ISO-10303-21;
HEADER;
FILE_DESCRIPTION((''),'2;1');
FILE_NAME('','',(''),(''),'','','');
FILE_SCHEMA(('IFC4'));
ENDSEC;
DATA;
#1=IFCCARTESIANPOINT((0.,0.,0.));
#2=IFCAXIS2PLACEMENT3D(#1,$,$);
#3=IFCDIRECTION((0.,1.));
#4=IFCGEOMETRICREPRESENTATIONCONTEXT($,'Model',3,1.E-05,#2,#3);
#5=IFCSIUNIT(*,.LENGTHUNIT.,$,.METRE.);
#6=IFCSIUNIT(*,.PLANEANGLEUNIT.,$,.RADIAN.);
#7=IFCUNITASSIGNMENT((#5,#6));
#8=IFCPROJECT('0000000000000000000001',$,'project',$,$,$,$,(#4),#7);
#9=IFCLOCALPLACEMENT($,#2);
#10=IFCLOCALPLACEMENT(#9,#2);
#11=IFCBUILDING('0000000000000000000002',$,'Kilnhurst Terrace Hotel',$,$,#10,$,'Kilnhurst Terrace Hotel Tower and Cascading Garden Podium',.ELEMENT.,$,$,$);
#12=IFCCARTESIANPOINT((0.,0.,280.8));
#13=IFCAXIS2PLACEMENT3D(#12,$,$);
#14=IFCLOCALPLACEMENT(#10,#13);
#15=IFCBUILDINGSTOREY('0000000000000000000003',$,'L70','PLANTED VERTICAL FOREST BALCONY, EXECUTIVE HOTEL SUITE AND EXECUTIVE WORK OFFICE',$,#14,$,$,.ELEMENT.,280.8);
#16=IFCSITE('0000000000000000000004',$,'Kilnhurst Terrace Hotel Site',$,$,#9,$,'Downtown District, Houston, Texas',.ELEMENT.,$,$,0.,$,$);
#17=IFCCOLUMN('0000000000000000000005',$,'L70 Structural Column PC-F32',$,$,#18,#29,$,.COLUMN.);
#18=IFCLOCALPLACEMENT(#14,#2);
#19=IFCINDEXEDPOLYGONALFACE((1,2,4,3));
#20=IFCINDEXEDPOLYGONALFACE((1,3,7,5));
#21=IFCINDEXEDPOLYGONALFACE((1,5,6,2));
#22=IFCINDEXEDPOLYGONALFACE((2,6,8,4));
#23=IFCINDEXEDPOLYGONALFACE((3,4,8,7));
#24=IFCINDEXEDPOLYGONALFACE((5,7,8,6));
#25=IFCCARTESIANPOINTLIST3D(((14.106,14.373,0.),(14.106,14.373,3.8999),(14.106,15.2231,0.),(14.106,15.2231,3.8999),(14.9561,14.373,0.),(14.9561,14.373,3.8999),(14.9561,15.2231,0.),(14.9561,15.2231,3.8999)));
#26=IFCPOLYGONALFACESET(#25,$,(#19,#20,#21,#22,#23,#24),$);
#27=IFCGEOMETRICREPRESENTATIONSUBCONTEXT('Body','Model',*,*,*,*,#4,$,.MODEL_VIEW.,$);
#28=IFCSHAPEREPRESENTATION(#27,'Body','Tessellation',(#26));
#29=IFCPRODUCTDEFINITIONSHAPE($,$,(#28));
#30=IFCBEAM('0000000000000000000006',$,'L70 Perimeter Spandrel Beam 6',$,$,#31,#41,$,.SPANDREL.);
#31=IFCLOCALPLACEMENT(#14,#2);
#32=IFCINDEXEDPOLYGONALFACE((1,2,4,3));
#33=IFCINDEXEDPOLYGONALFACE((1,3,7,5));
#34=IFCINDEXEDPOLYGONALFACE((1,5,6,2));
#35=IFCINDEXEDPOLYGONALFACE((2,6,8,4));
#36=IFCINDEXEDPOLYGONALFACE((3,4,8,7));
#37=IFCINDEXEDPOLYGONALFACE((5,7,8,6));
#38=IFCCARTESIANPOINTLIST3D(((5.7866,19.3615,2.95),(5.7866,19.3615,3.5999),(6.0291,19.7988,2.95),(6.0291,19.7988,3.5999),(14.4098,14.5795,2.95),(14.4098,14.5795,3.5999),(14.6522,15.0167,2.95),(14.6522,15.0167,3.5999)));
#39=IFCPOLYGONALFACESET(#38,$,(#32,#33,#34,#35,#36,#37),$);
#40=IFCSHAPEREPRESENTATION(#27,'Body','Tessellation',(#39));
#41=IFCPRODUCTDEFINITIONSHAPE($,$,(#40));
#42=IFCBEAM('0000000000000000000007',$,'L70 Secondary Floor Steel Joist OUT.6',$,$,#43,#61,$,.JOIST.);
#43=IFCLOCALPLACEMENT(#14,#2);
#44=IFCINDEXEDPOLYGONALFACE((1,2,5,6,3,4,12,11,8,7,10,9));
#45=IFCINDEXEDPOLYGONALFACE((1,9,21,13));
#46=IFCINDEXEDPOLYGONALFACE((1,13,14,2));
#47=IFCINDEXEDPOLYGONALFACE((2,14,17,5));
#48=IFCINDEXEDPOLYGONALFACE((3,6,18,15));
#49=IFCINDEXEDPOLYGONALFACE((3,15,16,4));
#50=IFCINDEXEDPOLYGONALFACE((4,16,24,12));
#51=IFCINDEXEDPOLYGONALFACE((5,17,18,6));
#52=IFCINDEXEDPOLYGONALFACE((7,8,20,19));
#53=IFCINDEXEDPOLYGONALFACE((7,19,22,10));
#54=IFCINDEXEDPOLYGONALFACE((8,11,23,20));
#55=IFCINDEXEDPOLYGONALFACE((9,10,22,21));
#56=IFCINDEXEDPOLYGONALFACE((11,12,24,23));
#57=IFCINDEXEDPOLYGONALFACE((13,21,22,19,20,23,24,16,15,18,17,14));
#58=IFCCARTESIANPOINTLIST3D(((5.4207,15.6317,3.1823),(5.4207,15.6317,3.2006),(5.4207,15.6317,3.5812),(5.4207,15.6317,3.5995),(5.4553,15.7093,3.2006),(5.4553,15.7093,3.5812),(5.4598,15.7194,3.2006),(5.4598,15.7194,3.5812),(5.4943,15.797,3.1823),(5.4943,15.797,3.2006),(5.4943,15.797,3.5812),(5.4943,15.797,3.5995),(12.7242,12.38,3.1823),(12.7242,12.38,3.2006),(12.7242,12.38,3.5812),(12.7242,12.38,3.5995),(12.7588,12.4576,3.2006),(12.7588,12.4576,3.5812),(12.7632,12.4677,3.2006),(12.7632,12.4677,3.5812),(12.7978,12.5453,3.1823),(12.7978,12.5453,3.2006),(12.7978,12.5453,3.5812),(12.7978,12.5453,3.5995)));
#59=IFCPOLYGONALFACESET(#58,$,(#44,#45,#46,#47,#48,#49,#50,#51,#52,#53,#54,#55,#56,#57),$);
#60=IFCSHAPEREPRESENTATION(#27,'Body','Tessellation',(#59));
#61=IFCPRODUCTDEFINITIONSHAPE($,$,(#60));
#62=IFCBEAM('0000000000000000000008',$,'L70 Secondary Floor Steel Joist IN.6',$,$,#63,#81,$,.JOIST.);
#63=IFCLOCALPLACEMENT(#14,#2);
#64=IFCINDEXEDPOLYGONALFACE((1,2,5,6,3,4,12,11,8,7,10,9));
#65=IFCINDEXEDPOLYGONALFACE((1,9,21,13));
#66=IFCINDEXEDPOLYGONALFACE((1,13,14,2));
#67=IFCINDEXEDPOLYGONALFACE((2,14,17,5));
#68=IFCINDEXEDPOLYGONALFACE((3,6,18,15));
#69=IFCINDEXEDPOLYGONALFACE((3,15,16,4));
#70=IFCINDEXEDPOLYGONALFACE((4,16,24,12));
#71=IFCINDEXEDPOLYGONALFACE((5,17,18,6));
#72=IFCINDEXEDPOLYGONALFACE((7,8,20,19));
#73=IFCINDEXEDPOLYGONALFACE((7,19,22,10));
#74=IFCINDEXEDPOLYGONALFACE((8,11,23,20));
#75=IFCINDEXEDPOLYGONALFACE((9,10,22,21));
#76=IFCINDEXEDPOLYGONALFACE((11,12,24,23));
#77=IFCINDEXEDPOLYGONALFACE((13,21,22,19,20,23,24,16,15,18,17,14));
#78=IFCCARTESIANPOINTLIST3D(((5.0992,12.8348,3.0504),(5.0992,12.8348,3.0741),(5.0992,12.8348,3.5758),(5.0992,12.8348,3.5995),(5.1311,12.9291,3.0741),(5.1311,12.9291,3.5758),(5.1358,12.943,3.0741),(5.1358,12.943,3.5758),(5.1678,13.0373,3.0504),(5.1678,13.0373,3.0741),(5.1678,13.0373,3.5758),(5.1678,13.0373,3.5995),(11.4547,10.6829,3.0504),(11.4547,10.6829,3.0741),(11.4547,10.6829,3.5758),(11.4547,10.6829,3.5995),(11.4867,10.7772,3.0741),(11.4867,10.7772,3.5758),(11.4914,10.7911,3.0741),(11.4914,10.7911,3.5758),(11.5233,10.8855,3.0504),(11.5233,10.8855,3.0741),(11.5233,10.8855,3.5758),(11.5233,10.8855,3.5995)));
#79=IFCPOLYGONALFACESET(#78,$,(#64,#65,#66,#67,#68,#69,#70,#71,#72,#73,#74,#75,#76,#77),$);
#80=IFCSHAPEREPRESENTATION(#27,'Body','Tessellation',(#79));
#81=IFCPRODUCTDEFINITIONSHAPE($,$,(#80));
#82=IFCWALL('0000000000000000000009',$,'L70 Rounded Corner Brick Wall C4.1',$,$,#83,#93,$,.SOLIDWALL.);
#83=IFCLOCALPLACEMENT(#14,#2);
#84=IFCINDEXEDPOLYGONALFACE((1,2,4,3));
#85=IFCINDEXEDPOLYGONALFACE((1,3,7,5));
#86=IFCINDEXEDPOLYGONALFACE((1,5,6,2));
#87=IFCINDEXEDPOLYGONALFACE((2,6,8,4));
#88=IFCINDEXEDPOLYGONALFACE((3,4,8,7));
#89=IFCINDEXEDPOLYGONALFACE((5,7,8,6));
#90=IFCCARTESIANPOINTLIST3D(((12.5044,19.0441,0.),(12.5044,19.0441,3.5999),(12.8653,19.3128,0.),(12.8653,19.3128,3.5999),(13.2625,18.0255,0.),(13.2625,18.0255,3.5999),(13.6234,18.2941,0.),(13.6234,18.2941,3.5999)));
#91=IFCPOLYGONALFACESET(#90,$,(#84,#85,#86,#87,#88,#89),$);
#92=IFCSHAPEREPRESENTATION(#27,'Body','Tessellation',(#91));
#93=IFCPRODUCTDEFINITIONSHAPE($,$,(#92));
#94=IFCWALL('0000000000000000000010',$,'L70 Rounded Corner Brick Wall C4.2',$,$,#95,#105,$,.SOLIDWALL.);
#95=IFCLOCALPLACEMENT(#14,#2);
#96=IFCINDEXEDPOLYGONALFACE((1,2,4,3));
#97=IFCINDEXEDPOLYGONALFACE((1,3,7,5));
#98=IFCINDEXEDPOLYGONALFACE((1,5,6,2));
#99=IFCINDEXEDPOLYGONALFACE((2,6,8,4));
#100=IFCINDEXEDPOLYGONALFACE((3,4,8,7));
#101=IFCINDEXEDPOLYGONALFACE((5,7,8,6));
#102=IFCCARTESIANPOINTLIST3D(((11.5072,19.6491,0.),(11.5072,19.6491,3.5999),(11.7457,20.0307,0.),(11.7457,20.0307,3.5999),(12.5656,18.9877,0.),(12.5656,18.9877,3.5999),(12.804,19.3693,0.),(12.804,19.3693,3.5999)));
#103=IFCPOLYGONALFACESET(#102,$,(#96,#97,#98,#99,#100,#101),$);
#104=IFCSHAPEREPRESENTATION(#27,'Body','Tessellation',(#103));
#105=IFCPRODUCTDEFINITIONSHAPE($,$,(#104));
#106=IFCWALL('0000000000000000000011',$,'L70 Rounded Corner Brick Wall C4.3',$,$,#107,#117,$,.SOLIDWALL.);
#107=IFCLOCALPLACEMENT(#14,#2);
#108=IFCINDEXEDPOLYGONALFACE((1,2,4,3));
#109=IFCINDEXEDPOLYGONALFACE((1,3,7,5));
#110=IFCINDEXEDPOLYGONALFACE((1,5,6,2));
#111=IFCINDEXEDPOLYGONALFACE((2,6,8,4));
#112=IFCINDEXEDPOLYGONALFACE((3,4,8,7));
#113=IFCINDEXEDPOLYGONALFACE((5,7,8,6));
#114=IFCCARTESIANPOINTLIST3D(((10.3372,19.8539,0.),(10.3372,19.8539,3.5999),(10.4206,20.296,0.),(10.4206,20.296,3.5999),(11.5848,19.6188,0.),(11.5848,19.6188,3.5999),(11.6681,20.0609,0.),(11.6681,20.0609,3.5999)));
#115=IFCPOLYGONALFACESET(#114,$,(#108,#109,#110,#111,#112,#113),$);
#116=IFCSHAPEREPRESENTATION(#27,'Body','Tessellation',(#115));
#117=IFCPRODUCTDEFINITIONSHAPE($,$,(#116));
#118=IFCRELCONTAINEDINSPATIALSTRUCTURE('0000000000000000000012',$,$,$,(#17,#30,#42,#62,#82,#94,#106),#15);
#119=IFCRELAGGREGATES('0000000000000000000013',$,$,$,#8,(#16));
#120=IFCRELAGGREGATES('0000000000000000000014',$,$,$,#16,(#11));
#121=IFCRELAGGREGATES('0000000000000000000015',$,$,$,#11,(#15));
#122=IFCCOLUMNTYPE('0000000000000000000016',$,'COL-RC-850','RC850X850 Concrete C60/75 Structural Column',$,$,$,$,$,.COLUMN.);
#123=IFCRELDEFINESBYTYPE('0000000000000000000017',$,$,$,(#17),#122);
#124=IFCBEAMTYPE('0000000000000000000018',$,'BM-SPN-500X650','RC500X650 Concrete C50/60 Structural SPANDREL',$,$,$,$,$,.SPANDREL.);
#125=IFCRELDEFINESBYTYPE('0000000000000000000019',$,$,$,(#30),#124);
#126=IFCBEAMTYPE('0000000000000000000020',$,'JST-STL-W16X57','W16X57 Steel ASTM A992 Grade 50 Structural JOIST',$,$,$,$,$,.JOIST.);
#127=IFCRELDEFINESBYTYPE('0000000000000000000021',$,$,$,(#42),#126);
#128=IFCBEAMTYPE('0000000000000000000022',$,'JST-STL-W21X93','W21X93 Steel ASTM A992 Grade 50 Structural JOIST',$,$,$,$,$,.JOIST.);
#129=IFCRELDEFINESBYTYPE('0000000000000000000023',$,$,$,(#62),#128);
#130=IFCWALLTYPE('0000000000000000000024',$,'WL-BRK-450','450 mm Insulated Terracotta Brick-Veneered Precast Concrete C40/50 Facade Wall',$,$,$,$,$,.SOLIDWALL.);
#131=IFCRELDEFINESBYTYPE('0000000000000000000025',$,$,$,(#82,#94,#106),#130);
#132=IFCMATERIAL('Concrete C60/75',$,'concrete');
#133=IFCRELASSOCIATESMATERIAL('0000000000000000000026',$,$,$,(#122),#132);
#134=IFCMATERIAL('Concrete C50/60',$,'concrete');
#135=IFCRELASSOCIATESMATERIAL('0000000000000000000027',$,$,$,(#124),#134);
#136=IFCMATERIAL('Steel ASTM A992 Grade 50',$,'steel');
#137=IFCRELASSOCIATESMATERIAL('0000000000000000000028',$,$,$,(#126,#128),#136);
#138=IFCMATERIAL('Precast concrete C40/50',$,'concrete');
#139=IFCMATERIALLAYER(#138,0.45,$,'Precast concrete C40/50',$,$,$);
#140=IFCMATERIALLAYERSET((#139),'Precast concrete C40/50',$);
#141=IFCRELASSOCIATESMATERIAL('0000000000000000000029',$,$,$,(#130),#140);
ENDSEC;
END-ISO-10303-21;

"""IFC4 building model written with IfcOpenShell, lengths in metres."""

from ifc_helpers import new_model, si_unit, direction, frame, frame_2d, origin, origin_2d, place, context, subcontext, project, spatial, rectangle, i_section, extrude, material, layer, layer_set, material_profile, profile_set, type_object, element, save


model = new_model("IFC4")

# Units and contexts
model_context = context("Model", 3, precision=1e-05, world=origin(), true_north=direction((0.0, 1.0)))
body_context = subcontext(model_context, "Body", "Model", "MODEL_VIEW")
ifc_project = project(units=[si_unit("LENGTHUNIT", "METRE"), si_unit("PLANEANGLEUNIT", "RADIAN")], contexts=[model_context])

# Site, building, storey
site_placement = place(None, origin())
site = spatial("IfcSite", under=ifc_project, at=site_placement, Name="Kilnhurst Terrace Hotel Site", LongName="Downtown District, Houston, Texas", CompositionType="ELEMENT", RefElevation=0.0)
building_placement = place(site_placement, origin())
building = spatial("IfcBuilding", under=site, at=building_placement, Name="Kilnhurst Terrace Hotel", LongName="Kilnhurst Terrace Hotel Tower and Cascading Garden Podium", CompositionType="ELEMENT")
storey_placement = place(building_placement, frame((0.0, 0.0, 280.8)))
storey = spatial("IfcBuildingStorey", under=building, at=storey_placement, Name="L70", Description="PLANTED VERTICAL FOREST BALCONY, EXECUTIVE HOTEL SUITE AND EXECUTIVE WORK OFFICE", CompositionType="ELEMENT", Elevation=280.8)

# Column
ifc_material_1 = material(Name="Concrete C60/75", Category="concrete")
ifc_material_profile_1 = material_profile(ifc_material_1, rectangle(XDim=0.8501, YDim=0.8501, at=origin_2d()), Name="RC850X850")
ifc_profile_set_1 = profile_set([ifc_material_profile_1], Name="Concrete C60/75")
column_type = type_object("IfcColumnType", Name="COL-RC-850", Description="RC850X850 Concrete C60/75 Structural Column", PredefinedType="COLUMN", material=ifc_profile_set_1)
column_placement = place(storey_placement, frame((14.531, 14.7981, 0.0), z_axis=(0.0, 0.0, 1.0), x_axis=(1.0, 0.0, 0.0)))
element("IfcColumn", 1, at=column_placement, inside=storey, type_object=column_type, Name="L70 Structural Column PC-F32", PredefinedType="COLUMN", context=body_context, shape_type="SweptSolid", body=[
    extrude(rectangle(XDim=0.8501, YDim=0.8501, at=origin_2d()), origin(), (0.0, 0.0, 1.0), 3.8999),
])

# Beams
ifc_material_2 = material(Name="Concrete C50/60", Category="concrete")
ifc_material_profile_2 = material_profile(ifc_material_2, rectangle(XDim=0.5, YDim=0.6499, at=origin_2d()), Name="RC500X650")
ifc_profile_set_2 = profile_set([ifc_material_profile_2], Name="Concrete C50/60")
beam_type_1 = type_object("IfcBeamType", Name="BM-SPN-500X650", Description="RC500X650 Concrete C50/60 Structural SPANDREL", PredefinedType="SPANDREL", material=ifc_profile_set_2)
beam_1_placement = place(storey_placement, frame((14.531, 14.7981, 3.2749), z_axis=(-0.874527, 0.484976, 0.0), x_axis=(-0.484976, -0.874527, 0.0)))
element("IfcBeam", 2, at=beam_1_placement, inside=storey, type_object=beam_type_1, Name="L70 Perimeter Spandrel Beam 6", PredefinedType="SPANDREL", context=body_context, shape_type="SweptSolid", body=[
    extrude(rectangle(XDim=0.5, YDim=0.6499, at=origin_2d()), origin(), (0.0, 0.0, 1.0), 9.8604),
])
ifc_material_3 = material(Name="Steel ASTM A992 Grade 50", Category="steel")
ifc_material_profile_3 = material_profile(ifc_material_3, i_section(OverallWidth=0.1809, OverallDepth=0.4172, WebThickness=0.011, FlangeThickness=0.0183, at=origin_2d()), Name="W16X57")
ifc_profile_set_3 = profile_set([ifc_material_profile_3], Name="Steel ASTM A992 Grade 50")
beam_type_2 = type_object("IfcBeamType", Name="JST-STL-W16X57", Description="W16X57 Steel ASTM A992 Grade 50 Structural JOIST", PredefinedType="JOIST", material=ifc_profile_set_3)
beam_2_placement = place(storey_placement, frame((12.761, 12.4626, 3.3909), z_axis=(-0.913546, 0.406736, 0.0), x_axis=(-0.406736, -0.913546, 0.0)))
element("IfcBeam", 3, at=beam_2_placement, inside=storey, type_object=beam_type_2, Name="L70 Secondary Floor Steel Joist OUT.6", PredefinedType="JOIST", context=body_context, shape_type="SweptSolid", body=[
    extrude(i_section(OverallWidth=0.1809, OverallDepth=0.4172, WebThickness=0.011, FlangeThickness=0.0183, at=origin_2d()), origin(), (0.0, 0.0, 1.0), 7.9946),
])
ifc_material_profile_4 = material_profile(ifc_material_3, i_section(OverallWidth=0.2139, OverallDepth=0.5491, WebThickness=0.0146, FlangeThickness=0.0237, at=origin_2d()), Name="W21X93")
ifc_profile_set_4 = profile_set([ifc_material_profile_4], Name="Steel ASTM A992 Grade 50")
beam_type_3 = type_object("IfcBeamType", Name="JST-STL-W21X93", Description="W21X93 Steel ASTM A992 Grade 50 Structural JOIST", PredefinedType="JOIST", material=ifc_profile_set_4)
beam_3_placement = place(storey_placement, frame((11.489, 10.7842, 3.325), z_axis=(-0.947181, 0.3207, 0.0), x_axis=(-0.3207, -0.947181, 0.0)))
element("IfcBeam", 4, at=beam_3_placement, inside=storey, type_object=beam_type_3, Name="L70 Secondary Floor Steel Joist IN.6", PredefinedType="JOIST", context=body_context, shape_type="SweptSolid", body=[
    extrude(i_section(OverallWidth=0.2139, OverallDepth=0.5491, WebThickness=0.0146, FlangeThickness=0.0237, at=origin_2d()), origin(), (0.0, 0.0, 1.0), 6.71),
])

# Walls
ifc_material_4 = material(Name="Precast concrete C40/50", Category="concrete")
ifc_layer_1 = layer(ifc_material_4, 0.45, Name="Precast concrete C40/50")
ifc_layer_set_1 = layer_set([ifc_layer_1], Name="Precast concrete C40/50")
wall_type_1 = type_object("IfcWallType", Name="WL-BRK-450", Description="450 mm Insulated Terracotta Brick-Veneered Precast Concrete C40/50 Facade Wall", PredefinedType="SOLIDWALL", material=ifc_layer_set_1)
wall_1_placement = place(storey_placement, frame((13.4429, 18.1599, 0.0), z_axis=(0.0, 0.0, 1.0), x_axis=(-0.597042, 0.80221, 0.0)))
element("IfcWall", 5, at=wall_1_placement, inside=storey, type_object=wall_type_1, Name="L70 Rounded Corner Brick Wall C4.1", PredefinedType="SOLIDWALL", context=body_context, shape_type="SweptSolid", body=[
    extrude(rectangle(XDim=1.2698, YDim=0.45, at=frame_2d((0.6348, 0.0))), origin(), (0.0, 0.0, 1.0), 3.5999),
])
wall_2_placement = place(storey_placement, frame((12.6848, 19.1785, 0.0), z_axis=(0.0, 0.0, 1.0), x_axis=(-0.848031, 0.529946, 0.0)))
element("IfcWall", 6, at=wall_2_placement, inside=storey, type_object=wall_type_1, Name="L70 Rounded Corner Brick Wall C4.2", PredefinedType="SOLIDWALL", context=body_context, shape_type="SweptSolid", body=[
    extrude(rectangle(XDim=1.248, YDim=0.45, at=frame_2d((0.624, 0.0))), origin(), (0.0, 0.0, 1.0), 3.5999),
])
wall_3_placement = place(storey_placement, frame((11.6265, 19.8398, 0.0), z_axis=(0.0, 0.0, 1.0), x_axis=(-0.982702, 0.185194, 0.0)))
element("IfcWall", 7, at=wall_3_placement, inside=storey, type_object=wall_type_1, Name="L70 Rounded Corner Brick Wall C4.3", PredefinedType="SOLIDWALL", context=body_context, shape_type="SweptSolid", body=[
    extrude(rectangle(XDim=1.2695, YDim=0.45, at=frame_2d((0.6348, 0.0))), origin(), (0.0, 0.0, 1.0), 3.5999),
])

save(model, "model.ifc")
